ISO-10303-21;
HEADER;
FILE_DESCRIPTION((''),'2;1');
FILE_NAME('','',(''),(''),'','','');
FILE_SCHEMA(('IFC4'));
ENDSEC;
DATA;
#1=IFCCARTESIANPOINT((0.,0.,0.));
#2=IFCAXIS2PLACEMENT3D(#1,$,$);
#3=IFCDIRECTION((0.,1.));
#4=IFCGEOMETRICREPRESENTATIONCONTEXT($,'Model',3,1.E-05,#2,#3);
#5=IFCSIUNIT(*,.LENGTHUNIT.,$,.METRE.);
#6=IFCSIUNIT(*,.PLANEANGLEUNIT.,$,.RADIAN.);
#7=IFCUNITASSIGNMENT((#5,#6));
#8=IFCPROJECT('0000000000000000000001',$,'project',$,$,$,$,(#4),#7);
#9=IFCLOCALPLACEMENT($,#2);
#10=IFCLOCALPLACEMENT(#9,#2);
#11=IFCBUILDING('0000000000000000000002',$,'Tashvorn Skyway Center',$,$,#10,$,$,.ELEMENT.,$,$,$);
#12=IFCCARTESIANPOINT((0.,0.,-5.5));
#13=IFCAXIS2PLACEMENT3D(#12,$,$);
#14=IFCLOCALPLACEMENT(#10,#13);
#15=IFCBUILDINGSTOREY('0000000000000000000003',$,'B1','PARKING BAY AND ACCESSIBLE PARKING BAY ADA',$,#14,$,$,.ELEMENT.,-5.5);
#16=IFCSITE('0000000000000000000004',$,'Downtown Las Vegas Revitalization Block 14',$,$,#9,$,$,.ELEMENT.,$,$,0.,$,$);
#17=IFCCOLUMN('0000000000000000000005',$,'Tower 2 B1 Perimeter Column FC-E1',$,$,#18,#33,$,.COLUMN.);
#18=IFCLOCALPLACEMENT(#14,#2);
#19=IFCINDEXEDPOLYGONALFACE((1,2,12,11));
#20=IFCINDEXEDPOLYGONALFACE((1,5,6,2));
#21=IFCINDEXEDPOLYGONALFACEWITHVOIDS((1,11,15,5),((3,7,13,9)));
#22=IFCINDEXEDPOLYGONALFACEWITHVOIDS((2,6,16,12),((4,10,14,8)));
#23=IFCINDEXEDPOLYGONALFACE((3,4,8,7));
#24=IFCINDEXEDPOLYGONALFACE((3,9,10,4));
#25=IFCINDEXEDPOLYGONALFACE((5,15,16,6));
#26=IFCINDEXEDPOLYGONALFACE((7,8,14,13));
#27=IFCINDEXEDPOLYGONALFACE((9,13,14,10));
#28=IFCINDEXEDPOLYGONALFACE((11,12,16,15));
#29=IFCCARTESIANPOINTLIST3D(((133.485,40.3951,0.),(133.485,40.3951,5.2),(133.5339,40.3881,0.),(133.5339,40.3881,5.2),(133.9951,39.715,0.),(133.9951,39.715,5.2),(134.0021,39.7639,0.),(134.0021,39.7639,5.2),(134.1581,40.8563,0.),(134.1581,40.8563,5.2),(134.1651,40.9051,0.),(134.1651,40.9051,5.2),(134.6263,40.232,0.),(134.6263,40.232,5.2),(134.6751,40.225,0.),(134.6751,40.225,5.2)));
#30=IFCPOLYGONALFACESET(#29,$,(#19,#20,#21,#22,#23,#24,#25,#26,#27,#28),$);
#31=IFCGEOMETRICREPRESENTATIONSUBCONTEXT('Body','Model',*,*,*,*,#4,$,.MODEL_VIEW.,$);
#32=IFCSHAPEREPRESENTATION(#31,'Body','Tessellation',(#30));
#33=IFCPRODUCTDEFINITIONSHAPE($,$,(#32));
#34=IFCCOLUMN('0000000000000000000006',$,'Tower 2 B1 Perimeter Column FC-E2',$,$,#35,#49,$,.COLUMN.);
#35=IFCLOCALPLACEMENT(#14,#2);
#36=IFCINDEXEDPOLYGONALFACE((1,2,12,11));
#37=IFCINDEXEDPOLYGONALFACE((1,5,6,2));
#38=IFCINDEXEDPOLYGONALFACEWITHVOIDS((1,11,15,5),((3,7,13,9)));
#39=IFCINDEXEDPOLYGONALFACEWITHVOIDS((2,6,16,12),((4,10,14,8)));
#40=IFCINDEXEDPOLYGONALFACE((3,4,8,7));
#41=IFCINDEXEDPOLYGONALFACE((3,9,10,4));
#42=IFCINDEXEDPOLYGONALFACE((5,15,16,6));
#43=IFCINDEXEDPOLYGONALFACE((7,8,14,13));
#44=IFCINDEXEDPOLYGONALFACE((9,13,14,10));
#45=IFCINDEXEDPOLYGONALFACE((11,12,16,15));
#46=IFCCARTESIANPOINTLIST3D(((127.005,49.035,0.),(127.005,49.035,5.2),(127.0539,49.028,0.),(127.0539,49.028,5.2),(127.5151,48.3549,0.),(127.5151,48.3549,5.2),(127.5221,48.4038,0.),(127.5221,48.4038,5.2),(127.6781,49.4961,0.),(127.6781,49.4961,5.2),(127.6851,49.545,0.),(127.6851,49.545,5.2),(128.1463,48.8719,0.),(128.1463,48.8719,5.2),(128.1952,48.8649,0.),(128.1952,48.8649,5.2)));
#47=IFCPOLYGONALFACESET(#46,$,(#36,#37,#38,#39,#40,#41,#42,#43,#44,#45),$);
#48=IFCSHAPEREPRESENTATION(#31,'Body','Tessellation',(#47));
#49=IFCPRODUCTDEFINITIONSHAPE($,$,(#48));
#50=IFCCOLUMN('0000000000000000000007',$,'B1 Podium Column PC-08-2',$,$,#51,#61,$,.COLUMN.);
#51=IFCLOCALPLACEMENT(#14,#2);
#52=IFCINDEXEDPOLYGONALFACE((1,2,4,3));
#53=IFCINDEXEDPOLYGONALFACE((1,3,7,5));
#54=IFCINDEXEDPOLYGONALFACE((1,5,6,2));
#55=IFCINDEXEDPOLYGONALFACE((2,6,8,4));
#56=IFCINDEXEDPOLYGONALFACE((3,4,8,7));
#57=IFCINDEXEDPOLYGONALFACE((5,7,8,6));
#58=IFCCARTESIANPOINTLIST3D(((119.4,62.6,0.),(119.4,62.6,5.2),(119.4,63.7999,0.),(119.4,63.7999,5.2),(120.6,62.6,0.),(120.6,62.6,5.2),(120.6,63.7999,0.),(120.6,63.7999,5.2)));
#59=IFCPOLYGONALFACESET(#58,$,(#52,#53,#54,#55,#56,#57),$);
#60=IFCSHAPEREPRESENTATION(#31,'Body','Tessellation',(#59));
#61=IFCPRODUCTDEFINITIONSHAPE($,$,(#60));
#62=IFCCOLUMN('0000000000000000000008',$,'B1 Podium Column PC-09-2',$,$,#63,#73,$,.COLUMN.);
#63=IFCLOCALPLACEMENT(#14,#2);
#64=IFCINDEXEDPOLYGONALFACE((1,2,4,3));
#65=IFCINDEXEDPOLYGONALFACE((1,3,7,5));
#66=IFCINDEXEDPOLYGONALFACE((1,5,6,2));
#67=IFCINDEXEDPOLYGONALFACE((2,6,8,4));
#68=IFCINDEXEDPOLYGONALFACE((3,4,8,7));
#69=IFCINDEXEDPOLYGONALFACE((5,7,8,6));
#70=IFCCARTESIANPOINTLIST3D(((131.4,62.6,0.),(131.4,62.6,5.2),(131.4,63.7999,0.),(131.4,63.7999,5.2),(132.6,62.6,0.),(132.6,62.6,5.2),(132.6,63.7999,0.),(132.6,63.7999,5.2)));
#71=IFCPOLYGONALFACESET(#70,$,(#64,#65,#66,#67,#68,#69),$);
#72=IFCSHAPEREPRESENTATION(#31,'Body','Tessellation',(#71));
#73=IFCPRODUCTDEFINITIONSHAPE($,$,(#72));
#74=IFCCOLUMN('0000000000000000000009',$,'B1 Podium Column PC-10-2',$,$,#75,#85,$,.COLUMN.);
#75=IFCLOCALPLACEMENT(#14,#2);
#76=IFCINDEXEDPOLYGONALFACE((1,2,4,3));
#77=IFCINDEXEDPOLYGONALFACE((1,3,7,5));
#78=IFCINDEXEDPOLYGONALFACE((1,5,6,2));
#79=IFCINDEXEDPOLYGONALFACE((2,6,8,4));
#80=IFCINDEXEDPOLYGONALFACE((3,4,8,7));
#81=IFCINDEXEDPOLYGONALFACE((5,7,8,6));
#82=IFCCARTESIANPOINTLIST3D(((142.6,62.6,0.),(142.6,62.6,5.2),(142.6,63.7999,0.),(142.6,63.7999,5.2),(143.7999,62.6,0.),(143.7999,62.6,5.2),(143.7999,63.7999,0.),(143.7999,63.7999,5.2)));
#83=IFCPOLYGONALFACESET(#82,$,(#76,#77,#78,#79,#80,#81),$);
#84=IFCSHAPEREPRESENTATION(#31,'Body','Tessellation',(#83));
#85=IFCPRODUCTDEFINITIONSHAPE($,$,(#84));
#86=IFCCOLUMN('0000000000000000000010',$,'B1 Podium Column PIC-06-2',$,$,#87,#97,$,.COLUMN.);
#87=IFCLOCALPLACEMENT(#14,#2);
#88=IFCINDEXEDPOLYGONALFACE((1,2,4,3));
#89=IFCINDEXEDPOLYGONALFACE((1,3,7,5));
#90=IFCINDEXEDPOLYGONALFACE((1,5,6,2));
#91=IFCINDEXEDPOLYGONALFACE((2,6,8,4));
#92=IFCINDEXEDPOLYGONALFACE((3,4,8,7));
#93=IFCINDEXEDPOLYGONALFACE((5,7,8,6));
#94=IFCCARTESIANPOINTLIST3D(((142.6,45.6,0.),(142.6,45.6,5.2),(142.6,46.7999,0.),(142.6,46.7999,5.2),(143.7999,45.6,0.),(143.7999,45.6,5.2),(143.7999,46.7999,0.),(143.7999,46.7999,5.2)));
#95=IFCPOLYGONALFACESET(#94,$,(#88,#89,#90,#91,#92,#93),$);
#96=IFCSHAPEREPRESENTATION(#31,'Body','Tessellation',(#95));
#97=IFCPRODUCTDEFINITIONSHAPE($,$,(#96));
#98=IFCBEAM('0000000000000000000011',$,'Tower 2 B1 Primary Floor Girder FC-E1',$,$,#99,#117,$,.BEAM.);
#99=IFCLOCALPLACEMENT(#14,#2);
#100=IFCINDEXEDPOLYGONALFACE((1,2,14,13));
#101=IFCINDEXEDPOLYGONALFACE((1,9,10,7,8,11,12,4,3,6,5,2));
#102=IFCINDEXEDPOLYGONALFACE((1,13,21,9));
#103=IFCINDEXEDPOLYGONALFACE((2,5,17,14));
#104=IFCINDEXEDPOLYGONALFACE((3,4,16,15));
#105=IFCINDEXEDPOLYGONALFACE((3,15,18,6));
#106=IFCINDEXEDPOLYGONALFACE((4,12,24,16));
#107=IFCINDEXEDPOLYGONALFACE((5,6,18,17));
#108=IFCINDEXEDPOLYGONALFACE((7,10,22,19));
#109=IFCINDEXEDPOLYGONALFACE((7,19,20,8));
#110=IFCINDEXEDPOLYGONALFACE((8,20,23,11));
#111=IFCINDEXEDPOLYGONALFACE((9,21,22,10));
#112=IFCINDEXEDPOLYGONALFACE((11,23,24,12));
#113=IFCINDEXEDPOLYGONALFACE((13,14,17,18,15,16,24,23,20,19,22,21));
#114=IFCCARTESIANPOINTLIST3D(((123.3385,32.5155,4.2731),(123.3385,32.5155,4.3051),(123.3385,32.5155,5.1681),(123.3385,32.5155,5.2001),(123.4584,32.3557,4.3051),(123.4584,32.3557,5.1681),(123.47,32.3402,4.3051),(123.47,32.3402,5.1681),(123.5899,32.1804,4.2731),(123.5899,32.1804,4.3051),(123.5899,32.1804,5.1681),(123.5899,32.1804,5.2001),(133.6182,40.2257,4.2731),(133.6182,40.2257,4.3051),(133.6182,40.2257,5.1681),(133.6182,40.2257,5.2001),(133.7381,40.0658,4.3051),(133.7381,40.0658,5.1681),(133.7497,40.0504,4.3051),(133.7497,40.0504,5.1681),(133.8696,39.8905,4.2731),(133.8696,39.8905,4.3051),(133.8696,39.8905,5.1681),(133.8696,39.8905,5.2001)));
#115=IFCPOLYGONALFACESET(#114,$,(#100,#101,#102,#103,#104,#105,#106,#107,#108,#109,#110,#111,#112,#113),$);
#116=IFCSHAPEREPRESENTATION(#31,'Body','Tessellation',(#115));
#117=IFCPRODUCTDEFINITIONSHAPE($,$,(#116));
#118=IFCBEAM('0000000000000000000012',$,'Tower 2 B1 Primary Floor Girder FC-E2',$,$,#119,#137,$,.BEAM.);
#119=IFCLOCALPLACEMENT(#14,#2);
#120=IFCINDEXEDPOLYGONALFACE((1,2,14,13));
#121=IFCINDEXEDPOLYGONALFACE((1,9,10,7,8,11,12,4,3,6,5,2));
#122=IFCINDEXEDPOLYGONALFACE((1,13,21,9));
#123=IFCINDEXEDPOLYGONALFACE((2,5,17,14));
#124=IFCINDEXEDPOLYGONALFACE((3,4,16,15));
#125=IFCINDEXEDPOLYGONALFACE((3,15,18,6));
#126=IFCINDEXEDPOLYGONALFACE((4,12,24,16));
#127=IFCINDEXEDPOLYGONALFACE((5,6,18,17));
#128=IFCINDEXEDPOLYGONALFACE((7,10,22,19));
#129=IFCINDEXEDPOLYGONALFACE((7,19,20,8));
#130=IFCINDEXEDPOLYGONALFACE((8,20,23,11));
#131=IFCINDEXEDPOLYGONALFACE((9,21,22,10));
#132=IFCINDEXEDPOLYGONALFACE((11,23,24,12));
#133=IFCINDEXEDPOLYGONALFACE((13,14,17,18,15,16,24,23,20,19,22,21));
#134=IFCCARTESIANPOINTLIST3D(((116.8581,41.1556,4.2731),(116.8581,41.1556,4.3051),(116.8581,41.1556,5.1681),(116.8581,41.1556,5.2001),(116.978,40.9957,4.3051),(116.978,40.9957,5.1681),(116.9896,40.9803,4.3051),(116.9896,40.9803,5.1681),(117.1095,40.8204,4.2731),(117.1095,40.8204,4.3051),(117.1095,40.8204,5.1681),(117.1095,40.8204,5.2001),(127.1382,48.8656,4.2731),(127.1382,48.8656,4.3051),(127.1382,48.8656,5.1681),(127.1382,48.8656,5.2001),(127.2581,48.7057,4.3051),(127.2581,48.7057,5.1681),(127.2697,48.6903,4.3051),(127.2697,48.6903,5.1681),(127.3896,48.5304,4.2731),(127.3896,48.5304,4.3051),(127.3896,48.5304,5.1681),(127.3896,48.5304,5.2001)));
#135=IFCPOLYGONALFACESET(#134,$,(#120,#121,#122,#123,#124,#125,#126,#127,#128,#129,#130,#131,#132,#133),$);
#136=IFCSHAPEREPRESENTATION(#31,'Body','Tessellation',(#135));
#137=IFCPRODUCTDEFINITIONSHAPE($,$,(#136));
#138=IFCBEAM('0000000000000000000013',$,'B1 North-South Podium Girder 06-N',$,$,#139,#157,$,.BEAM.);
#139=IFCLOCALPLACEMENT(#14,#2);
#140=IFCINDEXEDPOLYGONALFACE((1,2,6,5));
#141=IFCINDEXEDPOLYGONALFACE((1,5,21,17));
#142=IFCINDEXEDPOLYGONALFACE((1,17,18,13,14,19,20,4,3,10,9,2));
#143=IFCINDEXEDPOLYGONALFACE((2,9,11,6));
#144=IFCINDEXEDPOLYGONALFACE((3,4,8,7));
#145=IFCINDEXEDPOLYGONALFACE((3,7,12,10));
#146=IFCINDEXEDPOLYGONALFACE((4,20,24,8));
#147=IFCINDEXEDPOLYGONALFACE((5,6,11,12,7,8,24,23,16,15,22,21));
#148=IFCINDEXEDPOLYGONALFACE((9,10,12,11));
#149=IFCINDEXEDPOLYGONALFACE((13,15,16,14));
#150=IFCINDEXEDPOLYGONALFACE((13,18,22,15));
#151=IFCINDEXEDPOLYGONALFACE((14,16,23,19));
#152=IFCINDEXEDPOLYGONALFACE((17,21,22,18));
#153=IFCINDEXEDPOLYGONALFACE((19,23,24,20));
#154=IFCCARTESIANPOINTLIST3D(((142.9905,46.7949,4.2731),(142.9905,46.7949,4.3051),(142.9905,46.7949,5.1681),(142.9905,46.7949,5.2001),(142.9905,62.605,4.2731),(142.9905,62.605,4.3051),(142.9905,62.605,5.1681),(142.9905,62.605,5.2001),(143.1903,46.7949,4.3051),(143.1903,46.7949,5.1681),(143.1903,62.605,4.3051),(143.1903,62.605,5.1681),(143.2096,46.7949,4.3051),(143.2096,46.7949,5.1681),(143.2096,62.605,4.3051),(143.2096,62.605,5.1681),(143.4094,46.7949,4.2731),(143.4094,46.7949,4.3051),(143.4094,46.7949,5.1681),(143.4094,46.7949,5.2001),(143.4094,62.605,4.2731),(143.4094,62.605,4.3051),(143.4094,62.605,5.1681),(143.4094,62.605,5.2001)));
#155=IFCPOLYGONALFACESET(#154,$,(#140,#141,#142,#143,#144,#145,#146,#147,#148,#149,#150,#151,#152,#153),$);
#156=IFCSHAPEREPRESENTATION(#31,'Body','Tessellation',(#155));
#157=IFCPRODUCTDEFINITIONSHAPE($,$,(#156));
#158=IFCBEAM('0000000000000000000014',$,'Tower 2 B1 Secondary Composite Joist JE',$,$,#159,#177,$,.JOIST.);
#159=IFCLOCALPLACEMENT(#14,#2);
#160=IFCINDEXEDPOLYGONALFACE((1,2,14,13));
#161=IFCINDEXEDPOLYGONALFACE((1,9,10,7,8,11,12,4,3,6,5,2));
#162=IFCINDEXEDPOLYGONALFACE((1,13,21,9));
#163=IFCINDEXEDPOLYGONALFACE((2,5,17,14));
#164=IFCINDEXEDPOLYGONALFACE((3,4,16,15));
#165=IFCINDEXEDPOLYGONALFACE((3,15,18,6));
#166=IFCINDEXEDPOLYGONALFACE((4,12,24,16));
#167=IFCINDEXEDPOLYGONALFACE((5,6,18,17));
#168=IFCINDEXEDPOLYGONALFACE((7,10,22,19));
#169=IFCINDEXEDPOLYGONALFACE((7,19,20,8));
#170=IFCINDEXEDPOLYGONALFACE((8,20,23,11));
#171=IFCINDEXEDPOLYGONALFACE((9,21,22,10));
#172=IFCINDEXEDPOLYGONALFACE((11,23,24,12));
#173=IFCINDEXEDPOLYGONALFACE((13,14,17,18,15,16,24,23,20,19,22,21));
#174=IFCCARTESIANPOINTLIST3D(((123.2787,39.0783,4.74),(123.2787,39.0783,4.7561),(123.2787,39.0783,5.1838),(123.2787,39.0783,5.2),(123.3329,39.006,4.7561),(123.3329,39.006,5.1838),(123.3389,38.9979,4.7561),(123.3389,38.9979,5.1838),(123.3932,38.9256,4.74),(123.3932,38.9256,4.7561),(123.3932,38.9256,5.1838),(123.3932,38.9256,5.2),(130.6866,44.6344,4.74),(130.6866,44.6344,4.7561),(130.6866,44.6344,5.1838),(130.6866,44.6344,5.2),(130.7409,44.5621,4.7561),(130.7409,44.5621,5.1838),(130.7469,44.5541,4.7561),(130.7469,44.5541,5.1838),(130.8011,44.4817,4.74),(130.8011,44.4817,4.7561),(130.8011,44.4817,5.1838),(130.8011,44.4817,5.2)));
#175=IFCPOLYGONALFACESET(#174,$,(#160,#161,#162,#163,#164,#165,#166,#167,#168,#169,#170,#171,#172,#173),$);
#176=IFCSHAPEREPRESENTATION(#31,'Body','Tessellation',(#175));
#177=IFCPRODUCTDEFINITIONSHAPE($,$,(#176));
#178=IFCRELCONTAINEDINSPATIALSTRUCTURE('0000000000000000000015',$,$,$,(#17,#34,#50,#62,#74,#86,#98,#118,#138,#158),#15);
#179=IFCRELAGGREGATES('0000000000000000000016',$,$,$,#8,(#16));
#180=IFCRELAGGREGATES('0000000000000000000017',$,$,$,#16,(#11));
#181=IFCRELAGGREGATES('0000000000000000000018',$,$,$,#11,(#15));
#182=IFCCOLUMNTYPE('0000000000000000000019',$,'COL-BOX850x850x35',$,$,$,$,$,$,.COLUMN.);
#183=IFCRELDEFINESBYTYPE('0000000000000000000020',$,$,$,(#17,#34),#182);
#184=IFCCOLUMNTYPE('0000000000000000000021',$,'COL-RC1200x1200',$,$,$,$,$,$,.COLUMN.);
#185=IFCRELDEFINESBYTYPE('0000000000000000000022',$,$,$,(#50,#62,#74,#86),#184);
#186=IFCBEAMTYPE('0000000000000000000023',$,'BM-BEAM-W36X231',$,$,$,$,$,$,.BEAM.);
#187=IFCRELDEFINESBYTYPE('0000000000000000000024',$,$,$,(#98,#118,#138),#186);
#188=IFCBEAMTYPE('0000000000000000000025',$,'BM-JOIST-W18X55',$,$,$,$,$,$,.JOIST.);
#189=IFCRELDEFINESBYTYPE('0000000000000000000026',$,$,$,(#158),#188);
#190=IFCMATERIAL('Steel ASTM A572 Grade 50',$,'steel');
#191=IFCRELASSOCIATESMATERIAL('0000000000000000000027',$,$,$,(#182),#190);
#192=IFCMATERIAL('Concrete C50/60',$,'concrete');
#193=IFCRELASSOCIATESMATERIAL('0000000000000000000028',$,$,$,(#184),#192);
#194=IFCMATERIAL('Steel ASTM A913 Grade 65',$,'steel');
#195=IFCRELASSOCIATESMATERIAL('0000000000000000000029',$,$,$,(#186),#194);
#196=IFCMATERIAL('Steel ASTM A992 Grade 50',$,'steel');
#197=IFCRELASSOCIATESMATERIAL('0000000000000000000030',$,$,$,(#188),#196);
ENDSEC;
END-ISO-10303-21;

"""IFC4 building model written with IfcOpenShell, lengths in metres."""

from ifc_helpers import new_model, si_unit, direction, frame, origin, origin_2d, place, context, subcontext, project, spatial, rectangle, hollow_rectangle, i_section, extrude, material, material_profile, profile_set, type_object, element, save


model = new_model("IFC4")

# Units and contexts
model_context = context("Model", 3, precision=1e-05, world=origin(), true_north=direction((0.0, 1.0)))
body_context = subcontext(model_context, "Body", "Model", "MODEL_VIEW")
ifc_project = project(units=[si_unit("LENGTHUNIT", "METRE"), si_unit("PLANEANGLEUNIT", "RADIAN")], contexts=[model_context])

# Site, building, storey
site_placement = place(None, origin())
site = spatial("IfcSite", under=ifc_project, at=site_placement, Name="Downtown Las Vegas Revitalization Block 14", CompositionType="ELEMENT", RefElevation=0.0)
building_placement = place(site_placement, origin())
building = spatial("IfcBuilding", under=site, at=building_placement, Name="Tashvorn Skyway Center", CompositionType="ELEMENT")
storey_placement = place(building_placement, frame((0.0, 0.0, -5.5)))
storey = spatial("IfcBuildingStorey", under=building, at=storey_placement, Name="B1", Description="PARKING BAY AND ACCESSIBLE PARKING BAY ADA", CompositionType="ELEMENT", Elevation=-5.5)

# Columns
ifc_material_1 = material(Name="Steel ASTM A572 Grade 50", Category="steel")
ifc_material_profile_1 = material_profile(ifc_material_1, hollow_rectangle(XDim=0.8501, YDim=0.8501, WallThickness=0.0349, at=origin_2d()), Name="BOX850x850x35")
ifc_profile_set_1 = profile_set([ifc_material_profile_1], Name="Steel ASTM A572 Grade 50")
column_type_1 = type_object("IfcColumnType", Name="COL-BOX850x850x35", PredefinedType="COLUMN", material=ifc_profile_set_1)
for number, where, z_axis, x_axis, name in (
    (1, (134.0801, 40.3101, 0.0), (0.0, 0.0, 1.0), (0.8, 0.6, 0.0), "Tower 2 B1 Perimeter Column FC-E1"),
    (2, (127.6001, 48.95, 0.0), (0.0, 0.0, 1.0), (0.8, 0.6, 0.0), "Tower 2 B1 Perimeter Column FC-E2"),
):
    element("IfcColumn", number, at=place(storey_placement, frame(where, z_axis=z_axis, x_axis=x_axis)), inside=storey, type_object=column_type_1, Name=name, PredefinedType="COLUMN", context=body_context, shape_type="SweptSolid", body=[
        extrude(hollow_rectangle(XDim=0.8501, YDim=0.8501, WallThickness=0.0349, at=origin_2d()), origin(), (0.0, 0.0, 1.0), 5.2),
    ])
ifc_material_2 = material(Name="Concrete C50/60", Category="concrete")
ifc_material_profile_2 = material_profile(ifc_material_2, rectangle(XDim=1.2, YDim=1.2, at=origin_2d()), Name="RC1200x1200")
ifc_profile_set_2 = profile_set([ifc_material_profile_2], Name="Concrete C50/60")
column_type_2 = type_object("IfcColumnType", Name="COL-RC1200x1200", PredefinedType="COLUMN", material=ifc_profile_set_2)
for number, where, z_axis, x_axis, name in (
    (3, (120.0, 63.2, 0.0), (0.0, 0.0, 1.0), (1.0, 0.0, 0.0), "B1 Podium Column PC-08-2"),
    (4, (132.0, 63.2, 0.0), (0.0, 0.0, 1.0), (1.0, 0.0, 0.0), "B1 Podium Column PC-09-2"),
    (5, (143.2, 63.2, 0.0), (0.0, 0.0, 1.0), (1.0, 0.0, 0.0), "B1 Podium Column PC-10-2"),
    (6, (143.2, 46.2, 0.0), (0.0, 0.0, 1.0), (1.0, 0.0, 0.0), "B1 Podium Column PIC-06-2"),
):
    element("IfcColumn", number, at=place(storey_placement, frame(where, z_axis=z_axis, x_axis=x_axis)), inside=storey, type_object=column_type_2, Name=name, PredefinedType="COLUMN", context=body_context, shape_type="SweptSolid", body=[
        extrude(rectangle(XDim=1.2, YDim=1.2, at=origin_2d()), origin(), (0.0, 0.0, 1.0), 5.2),
    ])

# Beams
ifc_material_3 = material(Name="Steel ASTM A913 Grade 65", Category="steel")
ifc_material_profile_3 = material_profile(ifc_material_3, i_section(OverallWidth=0.4189, OverallDepth=0.927, WebThickness=0.0193, FlangeThickness=0.032, at=origin_2d()), Name="W36X231")
ifc_profile_set_3 = profile_set([ifc_material_profile_3], Name="Steel ASTM A913 Grade 65")
beam_type_1 = type_object("IfcBeamType", Name="BM-BEAM-W36X231", PredefinedType="BEAM", material=ifc_profile_set_3)
beam_1_placement = place(storey_placement, frame((133.7439, 40.0581, 4.7366), z_axis=(-0.799986, -0.600018, 0.0), x_axis=(0.600018, -0.799986, 0.0)))
element("IfcBeam", 7, at=beam_1_placement, inside=storey, type_object=beam_type_1, Name="Tower 2 B1 Primary Floor Girder FC-E1", PredefinedType="BEAM", context=body_context, shape_type="SweptSolid", body=[
    extrude(i_section(OverallWidth=0.4189, OverallDepth=0.927, WebThickness=0.0193, FlangeThickness=0.032, at=origin_2d()), origin(), (0.0, 0.0, 1.0), 12.8499),
])
beam_2_placement = place(storey_placement, frame((127.2639, 48.698, 4.7366), z_axis=(-0.800002, -0.599997, 0.0), x_axis=(0.599997, -0.800002, 0.0)))
element("IfcBeam", 8, at=beam_2_placement, inside=storey, type_object=beam_type_1, Name="Tower 2 B1 Primary Floor Girder FC-E2", PredefinedType="BEAM", context=body_context, shape_type="SweptSolid", body=[
    extrude(i_section(OverallWidth=0.4189, OverallDepth=0.927, WebThickness=0.0193, FlangeThickness=0.032, at=origin_2d()), origin(), (0.0, 0.0, 1.0), 12.8501),
])
beam_3_placement = place(storey_placement, frame((143.2, 46.7949, 4.7366), z_axis=(0.0, 1.0, 0.0), x_axis=(-1.0, 0.0, 0.0)))
element("IfcBeam", 9, at=beam_3_placement, inside=storey, type_object=beam_type_1, Name="B1 North-South Podium Girder 06-N", PredefinedType="BEAM", context=body_context, shape_type="SweptSolid", body=[
    extrude(i_section(OverallWidth=0.4189, OverallDepth=0.927, WebThickness=0.0193, FlangeThickness=0.032, at=origin_2d()), origin(), (0.0, 0.0, 1.0), 15.8101),
])
ifc_material_4 = material(Name="Steel ASTM A992 Grade 50", Category="steel")
ifc_material_profile_4 = material_profile(ifc_material_4, i_section(OverallWidth=0.1909, OverallDepth=0.46, WebThickness=0.01, FlangeThickness=0.0161, at=origin_2d()), Name="W18X55")
ifc_profile_set_4 = profile_set([ifc_material_profile_4], Name="Steel ASTM A992 Grade 50")
beam_type_2 = type_object("IfcBeamType", Name="BM-JOIST-W18X55", PredefinedType="JOIST", material=ifc_profile_set_4)
beam_4_placement = place(storey_placement, frame((123.3359, 39.002, 4.97), z_axis=(0.799991, 0.600013, 0.0), x_axis=(-0.600013, 0.799991, 0.0)))
element("IfcBeam", 10, at=beam_4_placement, inside=storey, type_object=beam_type_2, Name="Tower 2 B1 Secondary Composite Joist JE", PredefinedType="JOIST", context=body_context, shape_type="SweptSolid", body=[
    extrude(i_section(OverallWidth=0.1909, OverallDepth=0.46, WebThickness=0.01, FlangeThickness=0.0161, at=origin_2d()), origin(), (0.0, 0.0, 1.0), 9.26),
])

save(model, "model.ifc")
